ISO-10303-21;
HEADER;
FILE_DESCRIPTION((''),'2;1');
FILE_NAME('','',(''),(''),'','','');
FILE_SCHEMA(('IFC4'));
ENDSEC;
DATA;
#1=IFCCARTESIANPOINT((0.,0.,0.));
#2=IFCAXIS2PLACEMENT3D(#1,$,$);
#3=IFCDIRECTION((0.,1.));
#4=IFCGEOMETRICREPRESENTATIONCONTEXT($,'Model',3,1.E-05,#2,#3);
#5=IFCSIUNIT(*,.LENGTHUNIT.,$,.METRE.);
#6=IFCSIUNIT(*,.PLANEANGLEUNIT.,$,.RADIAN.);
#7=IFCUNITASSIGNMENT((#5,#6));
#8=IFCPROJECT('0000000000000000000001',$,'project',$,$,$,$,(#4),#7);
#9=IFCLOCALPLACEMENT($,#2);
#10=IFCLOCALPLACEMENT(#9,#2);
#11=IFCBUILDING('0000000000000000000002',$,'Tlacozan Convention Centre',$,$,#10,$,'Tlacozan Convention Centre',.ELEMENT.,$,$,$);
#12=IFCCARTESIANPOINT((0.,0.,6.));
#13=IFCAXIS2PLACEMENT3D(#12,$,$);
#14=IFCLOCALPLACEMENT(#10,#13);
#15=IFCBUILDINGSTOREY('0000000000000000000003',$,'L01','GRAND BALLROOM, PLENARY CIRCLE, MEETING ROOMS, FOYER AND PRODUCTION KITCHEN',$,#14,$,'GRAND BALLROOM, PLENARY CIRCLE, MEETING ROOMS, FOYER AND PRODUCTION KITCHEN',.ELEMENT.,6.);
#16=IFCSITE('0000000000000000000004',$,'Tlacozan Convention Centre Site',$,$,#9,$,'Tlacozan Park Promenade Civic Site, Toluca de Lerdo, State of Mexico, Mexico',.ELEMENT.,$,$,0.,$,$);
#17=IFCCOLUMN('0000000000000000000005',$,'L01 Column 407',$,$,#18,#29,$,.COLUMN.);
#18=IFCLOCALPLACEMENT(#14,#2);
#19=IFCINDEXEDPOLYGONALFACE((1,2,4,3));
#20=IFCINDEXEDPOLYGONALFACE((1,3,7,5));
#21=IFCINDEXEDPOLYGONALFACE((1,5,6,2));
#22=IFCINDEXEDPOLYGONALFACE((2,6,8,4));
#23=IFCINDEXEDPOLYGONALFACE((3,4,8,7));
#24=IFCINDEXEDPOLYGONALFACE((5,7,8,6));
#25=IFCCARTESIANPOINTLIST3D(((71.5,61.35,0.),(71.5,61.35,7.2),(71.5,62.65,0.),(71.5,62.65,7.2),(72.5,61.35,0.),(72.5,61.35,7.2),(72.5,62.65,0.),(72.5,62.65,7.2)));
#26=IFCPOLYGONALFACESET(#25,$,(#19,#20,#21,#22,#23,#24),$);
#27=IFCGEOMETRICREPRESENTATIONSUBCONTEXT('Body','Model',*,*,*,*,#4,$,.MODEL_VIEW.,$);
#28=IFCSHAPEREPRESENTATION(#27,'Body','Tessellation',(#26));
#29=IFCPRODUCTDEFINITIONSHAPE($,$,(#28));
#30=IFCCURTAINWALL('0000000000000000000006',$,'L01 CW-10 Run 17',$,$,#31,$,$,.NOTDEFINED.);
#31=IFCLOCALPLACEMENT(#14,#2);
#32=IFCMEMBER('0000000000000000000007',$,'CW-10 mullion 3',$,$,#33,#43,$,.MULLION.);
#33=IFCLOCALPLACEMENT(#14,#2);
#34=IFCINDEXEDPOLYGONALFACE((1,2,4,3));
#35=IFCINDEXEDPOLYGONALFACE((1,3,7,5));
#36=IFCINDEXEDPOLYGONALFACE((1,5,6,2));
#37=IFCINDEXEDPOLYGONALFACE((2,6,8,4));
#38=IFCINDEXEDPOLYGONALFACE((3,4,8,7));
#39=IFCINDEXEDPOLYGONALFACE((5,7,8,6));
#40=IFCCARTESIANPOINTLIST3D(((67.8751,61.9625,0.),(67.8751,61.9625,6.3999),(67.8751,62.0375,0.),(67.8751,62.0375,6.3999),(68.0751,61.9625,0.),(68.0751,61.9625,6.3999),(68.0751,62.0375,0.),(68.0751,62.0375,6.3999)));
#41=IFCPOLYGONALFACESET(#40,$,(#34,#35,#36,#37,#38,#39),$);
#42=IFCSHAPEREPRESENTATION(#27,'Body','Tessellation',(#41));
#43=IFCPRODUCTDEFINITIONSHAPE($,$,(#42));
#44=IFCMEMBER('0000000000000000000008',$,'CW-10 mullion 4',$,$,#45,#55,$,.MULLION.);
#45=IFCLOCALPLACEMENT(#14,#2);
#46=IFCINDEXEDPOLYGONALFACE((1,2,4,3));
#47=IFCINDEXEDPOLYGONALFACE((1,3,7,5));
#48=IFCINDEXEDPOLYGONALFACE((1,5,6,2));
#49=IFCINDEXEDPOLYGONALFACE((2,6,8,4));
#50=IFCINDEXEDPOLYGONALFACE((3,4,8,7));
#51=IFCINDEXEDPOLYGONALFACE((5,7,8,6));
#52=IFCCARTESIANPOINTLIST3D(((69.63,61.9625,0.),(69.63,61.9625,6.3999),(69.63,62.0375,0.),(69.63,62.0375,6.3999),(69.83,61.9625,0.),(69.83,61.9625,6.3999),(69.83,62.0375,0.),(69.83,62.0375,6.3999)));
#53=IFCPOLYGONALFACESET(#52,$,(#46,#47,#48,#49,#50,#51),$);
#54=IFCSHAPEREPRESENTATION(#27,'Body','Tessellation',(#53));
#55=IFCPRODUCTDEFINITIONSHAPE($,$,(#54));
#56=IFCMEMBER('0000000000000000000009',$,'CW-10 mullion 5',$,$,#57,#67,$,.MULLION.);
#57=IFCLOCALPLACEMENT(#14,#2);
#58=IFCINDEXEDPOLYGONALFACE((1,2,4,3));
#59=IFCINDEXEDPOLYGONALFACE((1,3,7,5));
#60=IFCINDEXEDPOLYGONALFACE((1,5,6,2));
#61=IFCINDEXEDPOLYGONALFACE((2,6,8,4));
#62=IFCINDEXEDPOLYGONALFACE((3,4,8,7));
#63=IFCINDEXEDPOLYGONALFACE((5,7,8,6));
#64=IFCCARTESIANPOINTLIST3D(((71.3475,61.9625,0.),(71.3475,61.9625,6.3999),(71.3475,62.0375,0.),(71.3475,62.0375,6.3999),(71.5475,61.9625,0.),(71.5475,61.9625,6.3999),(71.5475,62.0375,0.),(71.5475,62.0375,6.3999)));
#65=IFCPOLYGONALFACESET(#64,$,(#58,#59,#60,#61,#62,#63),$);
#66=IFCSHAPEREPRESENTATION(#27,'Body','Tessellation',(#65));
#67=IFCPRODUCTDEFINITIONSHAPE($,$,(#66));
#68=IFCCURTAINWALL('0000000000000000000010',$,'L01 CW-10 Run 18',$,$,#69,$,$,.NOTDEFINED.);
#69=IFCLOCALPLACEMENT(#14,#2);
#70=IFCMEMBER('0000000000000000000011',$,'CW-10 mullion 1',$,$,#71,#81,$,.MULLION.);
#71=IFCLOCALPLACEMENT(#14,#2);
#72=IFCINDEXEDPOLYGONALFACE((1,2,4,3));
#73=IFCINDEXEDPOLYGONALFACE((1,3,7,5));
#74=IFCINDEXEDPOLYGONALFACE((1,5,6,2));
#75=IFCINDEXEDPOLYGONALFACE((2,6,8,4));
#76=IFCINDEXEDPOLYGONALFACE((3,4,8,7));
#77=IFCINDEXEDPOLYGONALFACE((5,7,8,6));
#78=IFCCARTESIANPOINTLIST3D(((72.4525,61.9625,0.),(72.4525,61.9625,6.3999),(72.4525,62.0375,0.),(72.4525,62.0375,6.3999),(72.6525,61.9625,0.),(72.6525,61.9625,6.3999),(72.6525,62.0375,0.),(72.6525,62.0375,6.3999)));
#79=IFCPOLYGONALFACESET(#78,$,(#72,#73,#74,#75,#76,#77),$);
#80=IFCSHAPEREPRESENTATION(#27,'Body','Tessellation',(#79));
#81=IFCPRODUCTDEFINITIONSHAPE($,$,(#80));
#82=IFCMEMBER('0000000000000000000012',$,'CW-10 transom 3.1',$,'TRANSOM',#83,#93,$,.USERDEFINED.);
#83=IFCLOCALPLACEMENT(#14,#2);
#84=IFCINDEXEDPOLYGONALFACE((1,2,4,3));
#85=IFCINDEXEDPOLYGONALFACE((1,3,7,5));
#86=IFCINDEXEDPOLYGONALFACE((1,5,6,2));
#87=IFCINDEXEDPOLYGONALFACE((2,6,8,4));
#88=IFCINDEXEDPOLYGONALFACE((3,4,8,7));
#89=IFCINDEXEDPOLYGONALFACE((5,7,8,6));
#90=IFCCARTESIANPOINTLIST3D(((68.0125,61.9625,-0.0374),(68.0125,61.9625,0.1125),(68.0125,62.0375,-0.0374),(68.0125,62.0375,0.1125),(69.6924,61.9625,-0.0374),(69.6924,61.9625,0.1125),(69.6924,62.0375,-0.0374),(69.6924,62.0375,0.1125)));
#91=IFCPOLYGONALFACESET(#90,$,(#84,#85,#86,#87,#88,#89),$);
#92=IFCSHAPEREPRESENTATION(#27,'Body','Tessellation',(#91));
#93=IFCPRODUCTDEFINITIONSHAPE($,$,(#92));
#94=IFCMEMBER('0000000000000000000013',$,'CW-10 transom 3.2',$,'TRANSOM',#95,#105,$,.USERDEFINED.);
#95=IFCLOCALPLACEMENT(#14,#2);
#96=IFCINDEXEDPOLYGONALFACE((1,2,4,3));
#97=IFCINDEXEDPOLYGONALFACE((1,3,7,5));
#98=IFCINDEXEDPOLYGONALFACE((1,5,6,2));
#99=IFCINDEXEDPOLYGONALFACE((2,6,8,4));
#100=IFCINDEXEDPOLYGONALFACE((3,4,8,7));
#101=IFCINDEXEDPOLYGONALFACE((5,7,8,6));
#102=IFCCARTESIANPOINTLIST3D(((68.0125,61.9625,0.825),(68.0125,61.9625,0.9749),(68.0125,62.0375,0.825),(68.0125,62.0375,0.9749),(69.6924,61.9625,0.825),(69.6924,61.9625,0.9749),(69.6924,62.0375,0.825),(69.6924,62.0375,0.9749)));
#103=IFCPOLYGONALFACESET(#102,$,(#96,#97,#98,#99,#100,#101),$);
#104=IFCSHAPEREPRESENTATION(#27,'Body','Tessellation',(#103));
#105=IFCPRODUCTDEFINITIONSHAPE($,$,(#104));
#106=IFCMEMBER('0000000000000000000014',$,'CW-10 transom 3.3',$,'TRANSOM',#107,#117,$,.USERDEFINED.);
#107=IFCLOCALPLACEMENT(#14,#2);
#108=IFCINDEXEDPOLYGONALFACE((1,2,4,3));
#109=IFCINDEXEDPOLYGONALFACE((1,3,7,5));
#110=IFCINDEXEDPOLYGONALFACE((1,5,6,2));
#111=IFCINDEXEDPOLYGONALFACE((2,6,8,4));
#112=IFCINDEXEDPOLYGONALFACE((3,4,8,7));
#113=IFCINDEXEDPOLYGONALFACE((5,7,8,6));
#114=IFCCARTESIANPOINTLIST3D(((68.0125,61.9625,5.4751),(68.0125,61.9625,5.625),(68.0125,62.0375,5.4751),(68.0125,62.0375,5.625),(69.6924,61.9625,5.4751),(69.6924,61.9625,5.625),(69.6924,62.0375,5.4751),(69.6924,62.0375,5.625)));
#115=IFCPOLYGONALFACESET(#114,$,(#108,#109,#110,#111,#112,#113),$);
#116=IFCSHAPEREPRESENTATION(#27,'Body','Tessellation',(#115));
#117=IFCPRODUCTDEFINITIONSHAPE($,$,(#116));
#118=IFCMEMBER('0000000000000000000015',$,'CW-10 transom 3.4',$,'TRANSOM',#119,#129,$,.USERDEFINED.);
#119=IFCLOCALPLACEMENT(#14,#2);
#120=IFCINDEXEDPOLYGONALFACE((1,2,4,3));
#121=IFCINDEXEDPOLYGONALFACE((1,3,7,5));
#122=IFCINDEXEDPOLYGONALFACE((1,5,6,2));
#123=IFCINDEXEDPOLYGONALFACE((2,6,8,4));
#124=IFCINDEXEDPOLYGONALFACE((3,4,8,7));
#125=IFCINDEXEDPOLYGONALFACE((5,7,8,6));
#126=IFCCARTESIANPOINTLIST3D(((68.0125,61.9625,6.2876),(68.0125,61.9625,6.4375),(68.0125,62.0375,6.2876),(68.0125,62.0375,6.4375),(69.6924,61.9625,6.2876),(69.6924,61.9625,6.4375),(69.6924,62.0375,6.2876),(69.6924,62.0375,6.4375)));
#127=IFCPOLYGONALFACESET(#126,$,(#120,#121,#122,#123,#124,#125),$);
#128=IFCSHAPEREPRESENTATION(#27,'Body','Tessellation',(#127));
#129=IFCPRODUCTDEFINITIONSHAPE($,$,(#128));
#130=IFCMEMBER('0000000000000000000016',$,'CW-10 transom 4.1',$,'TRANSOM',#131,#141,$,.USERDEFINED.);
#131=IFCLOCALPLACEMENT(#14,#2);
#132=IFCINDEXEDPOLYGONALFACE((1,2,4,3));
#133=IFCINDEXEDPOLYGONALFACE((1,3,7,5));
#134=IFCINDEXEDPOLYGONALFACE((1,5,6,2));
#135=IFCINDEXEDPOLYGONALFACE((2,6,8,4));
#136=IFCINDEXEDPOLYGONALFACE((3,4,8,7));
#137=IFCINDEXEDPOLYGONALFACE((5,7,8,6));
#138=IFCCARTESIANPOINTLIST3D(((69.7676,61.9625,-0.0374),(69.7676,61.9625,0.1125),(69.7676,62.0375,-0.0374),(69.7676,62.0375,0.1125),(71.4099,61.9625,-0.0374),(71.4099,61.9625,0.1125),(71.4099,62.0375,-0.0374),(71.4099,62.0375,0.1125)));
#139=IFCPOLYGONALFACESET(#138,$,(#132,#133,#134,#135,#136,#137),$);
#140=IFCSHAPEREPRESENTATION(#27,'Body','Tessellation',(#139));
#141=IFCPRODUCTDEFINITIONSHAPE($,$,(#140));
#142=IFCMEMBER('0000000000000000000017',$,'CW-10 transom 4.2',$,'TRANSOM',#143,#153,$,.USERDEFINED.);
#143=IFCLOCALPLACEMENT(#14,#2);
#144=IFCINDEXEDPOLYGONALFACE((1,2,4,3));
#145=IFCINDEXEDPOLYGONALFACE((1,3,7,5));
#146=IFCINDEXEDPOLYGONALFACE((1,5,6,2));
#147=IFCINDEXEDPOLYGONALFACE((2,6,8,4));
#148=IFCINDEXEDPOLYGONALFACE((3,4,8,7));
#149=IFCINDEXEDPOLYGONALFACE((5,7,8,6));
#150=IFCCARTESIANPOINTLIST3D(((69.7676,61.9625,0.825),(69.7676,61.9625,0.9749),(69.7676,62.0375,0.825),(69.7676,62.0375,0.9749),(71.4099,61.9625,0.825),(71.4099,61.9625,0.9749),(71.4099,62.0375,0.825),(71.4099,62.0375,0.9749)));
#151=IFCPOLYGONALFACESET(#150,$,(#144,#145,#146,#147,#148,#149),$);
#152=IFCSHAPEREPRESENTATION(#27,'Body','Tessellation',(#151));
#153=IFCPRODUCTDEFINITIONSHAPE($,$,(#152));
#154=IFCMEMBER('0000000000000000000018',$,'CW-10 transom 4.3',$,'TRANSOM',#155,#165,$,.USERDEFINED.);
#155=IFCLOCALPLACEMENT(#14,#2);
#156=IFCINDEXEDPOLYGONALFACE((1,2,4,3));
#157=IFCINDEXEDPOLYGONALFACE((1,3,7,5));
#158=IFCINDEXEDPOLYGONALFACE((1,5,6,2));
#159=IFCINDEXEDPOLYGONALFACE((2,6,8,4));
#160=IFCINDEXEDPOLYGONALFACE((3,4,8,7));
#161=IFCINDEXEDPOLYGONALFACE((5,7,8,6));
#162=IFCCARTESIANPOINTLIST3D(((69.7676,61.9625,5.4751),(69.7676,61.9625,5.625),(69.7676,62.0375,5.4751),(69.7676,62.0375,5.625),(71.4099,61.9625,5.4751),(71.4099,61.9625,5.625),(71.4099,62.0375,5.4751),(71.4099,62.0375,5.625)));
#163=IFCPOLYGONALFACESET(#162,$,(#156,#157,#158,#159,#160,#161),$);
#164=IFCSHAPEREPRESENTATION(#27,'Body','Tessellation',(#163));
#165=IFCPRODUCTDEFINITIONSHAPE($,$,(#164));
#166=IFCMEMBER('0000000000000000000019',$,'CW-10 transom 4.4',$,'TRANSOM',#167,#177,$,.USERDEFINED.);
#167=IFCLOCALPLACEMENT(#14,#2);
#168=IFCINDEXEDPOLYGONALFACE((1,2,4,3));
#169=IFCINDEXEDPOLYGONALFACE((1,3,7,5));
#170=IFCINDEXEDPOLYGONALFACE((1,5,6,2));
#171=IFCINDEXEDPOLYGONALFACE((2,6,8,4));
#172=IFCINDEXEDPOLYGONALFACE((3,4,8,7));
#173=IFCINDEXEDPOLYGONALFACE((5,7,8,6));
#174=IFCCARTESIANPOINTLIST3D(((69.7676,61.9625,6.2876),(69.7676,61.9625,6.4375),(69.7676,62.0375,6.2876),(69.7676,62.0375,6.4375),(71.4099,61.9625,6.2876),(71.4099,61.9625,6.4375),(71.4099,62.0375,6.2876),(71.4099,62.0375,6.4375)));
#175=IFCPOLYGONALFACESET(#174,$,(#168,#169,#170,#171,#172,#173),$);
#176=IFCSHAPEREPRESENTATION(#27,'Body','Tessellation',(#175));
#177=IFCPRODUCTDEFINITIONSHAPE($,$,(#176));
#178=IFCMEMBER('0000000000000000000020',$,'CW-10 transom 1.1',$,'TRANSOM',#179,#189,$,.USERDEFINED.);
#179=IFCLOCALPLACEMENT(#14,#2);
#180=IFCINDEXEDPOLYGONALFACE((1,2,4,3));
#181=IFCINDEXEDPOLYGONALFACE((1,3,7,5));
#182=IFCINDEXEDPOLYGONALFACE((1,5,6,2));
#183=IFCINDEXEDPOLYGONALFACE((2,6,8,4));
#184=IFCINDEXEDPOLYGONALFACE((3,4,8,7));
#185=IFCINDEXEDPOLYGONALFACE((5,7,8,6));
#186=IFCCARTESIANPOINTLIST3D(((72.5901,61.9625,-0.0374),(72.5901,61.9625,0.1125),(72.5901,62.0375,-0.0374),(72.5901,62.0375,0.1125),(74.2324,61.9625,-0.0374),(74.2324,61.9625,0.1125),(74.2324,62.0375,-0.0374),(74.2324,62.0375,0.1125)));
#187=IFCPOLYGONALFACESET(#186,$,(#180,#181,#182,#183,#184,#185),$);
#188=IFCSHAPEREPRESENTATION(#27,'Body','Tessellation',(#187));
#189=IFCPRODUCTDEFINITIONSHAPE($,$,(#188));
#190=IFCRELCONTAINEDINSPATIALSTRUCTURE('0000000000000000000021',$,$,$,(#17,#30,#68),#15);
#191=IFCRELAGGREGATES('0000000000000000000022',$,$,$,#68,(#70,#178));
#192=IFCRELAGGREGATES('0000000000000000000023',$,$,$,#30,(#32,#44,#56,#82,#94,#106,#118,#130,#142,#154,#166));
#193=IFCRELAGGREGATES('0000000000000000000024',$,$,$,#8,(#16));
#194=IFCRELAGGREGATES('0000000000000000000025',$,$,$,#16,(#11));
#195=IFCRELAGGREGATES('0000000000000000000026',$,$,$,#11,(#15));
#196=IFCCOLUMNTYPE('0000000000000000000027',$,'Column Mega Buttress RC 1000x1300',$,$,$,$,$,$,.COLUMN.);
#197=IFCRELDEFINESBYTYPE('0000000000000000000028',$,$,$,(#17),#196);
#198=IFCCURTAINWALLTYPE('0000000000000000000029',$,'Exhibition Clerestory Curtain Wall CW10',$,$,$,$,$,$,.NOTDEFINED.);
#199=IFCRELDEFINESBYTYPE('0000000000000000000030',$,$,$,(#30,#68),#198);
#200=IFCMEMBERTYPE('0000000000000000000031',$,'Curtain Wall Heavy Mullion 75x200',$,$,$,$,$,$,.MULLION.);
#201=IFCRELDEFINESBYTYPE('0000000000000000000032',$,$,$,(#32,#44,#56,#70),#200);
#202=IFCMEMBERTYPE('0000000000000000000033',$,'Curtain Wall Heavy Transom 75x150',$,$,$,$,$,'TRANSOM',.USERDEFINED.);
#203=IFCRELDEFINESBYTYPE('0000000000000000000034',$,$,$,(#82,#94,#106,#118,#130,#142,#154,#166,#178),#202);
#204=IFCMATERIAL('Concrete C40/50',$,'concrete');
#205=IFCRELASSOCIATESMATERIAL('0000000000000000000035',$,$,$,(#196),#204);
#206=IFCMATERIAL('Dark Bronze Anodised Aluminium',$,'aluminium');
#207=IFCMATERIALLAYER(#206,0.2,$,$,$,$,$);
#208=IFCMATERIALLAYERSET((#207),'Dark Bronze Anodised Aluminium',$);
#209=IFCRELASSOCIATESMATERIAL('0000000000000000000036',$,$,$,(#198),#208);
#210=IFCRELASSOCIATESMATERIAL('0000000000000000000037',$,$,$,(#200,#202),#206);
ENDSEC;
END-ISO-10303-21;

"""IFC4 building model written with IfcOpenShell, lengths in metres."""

from ifc_helpers import new_model, si_unit, direction, frame, origin, origin_2d, place, context, subcontext, project, spatial, rectangle, extrude, material, layer, layer_set, material_profile, profile_set, type_object, element, aggregate, save


model = new_model("IFC4")

# Units and contexts
model_context = context("Model", 3, precision=1e-05, world=origin(), true_north=direction((0.0, 1.0)))
body_context = subcontext(model_context, "Body", "Model", "MODEL_VIEW")
ifc_project = project(units=[si_unit("LENGTHUNIT", "METRE"), si_unit("PLANEANGLEUNIT", "RADIAN")], contexts=[model_context])

# Site, building, storey
site_placement = place(None, origin())
site = spatial("IfcSite", under=ifc_project, at=site_placement, Name="Tlacozan Convention Centre Site", LongName="Tlacozan Park Promenade Civic Site, Toluca de Lerdo, State of Mexico, Mexico", CompositionType="ELEMENT", RefElevation=0.0)
building_placement = place(site_placement, origin())
building = spatial("IfcBuilding", under=site, at=building_placement, Name="Tlacozan Convention Centre", LongName="Tlacozan Convention Centre", CompositionType="ELEMENT")
storey_placement = place(building_placement, frame((0.0, 0.0, 6.0)))
storey = spatial("IfcBuildingStorey", under=building, at=storey_placement, Name="L01", Description="GRAND BALLROOM, PLENARY CIRCLE, MEETING ROOMS, FOYER AND PRODUCTION KITCHEN", LongName="GRAND BALLROOM, PLENARY CIRCLE, MEETING ROOMS, FOYER AND PRODUCTION KITCHEN", CompositionType="ELEMENT", Elevation=6.0)

# Column
ifc_material_1 = material(Name="Concrete C40/50", Category="concrete")
ifc_material_profile_1 = material_profile(ifc_material_1, rectangle(XDim=1.0, YDim=1.3, at=origin_2d()), Name="RC 1000x1300")
ifc_profile_set_1 = profile_set([ifc_material_profile_1], Name="Concrete C40/50")
column_type = type_object("IfcColumnType", Name="Column Mega Buttress RC 1000x1300", PredefinedType="COLUMN", material=ifc_profile_set_1)
column_placement = place(storey_placement, frame((72.0, 62.0, 0.0), z_axis=(0.0, 0.0, 1.0), x_axis=(1.0, 0.0, 0.0)))
element("IfcColumn", 1, at=column_placement, inside=storey, type_object=column_type, Name="L01 Column 407", PredefinedType="COLUMN", context=body_context, shape_type="SweptSolid", body=[
    extrude(rectangle(XDim=1.0, YDim=1.3, at=origin_2d()), origin(), (0.0, 0.0, 1.0), 7.2),
])

# Curtain wall, members
ifc_material_2 = material(Name="Dark Bronze Anodised Aluminium", Category="aluminium")
ifc_layer_1 = layer(ifc_material_2, 0.2)
ifc_layer_set_1 = layer_set([ifc_layer_1], Name="Dark Bronze Anodised Aluminium")
curtain_wall_type = type_object("IfcCurtainWallType", Name="Exhibition Clerestory Curtain Wall CW10", PredefinedType="NOTDEFINED", material=ifc_layer_set_1)
curtain_wall_1_placement = place(storey_placement, origin())
curtain_wall_1 = element("IfcCurtainWall", 2, at=curtain_wall_1_placement, inside=storey, type_object=curtain_wall_type, Name="L01 CW-10 Run 17", PredefinedType="NOTDEFINED")
ifc_material_profile_2 = material_profile(ifc_material_2, rectangle(XDim=0.075, YDim=0.2, at=origin_2d()), Name="ALU 75x200")
ifc_profile_set_2 = profile_set([ifc_material_profile_2], Name="Dark Bronze Anodised Aluminium")
member_type_1 = type_object("IfcMemberType", Name="Curtain Wall Heavy Mullion 75x200", PredefinedType="MULLION", material=ifc_profile_set_2)
member_1_placement = place(storey_placement, frame((67.9751, 62.0, 0.0), z_axis=(0.0, 0.0, 1.0), x_axis=(0.0, 1.0, 0.0)))
member_1 = element("IfcMember", 3, at=member_1_placement, type_object=member_type_1, Name="CW-10 mullion 3", PredefinedType="MULLION", context=body_context, shape_type="SweptSolid", body=[
    extrude(rectangle(XDim=0.075, YDim=0.2, at=origin_2d()), origin(), (0.0, 0.0, 1.0), 6.3999),
])
member_2_placement = place(storey_placement, frame((69.73, 62.0, 0.0), z_axis=(0.0, 0.0, 1.0), x_axis=(0.0, 1.0, 0.0)))
member_2 = element("IfcMember", 4, at=member_2_placement, type_object=member_type_1, Name="CW-10 mullion 4", PredefinedType="MULLION", context=body_context, shape_type="SweptSolid", body=[
    extrude(rectangle(XDim=0.075, YDim=0.2, at=origin_2d()), origin(), (0.0, 0.0, 1.0), 6.3999),
])
member_3_placement = place(storey_placement, frame((71.4475, 62.0, 0.0), z_axis=(0.0, 0.0, 1.0), x_axis=(0.0, 1.0, 0.0)))
member_3 = element("IfcMember", 5, at=member_3_placement, type_object=member_type_1, Name="CW-10 mullion 5", PredefinedType="MULLION", context=body_context, shape_type="SweptSolid", body=[
    extrude(rectangle(XDim=0.075, YDim=0.2, at=origin_2d()), origin(), (0.0, 0.0, 1.0), 6.3999),
])

# Curtain wall, member
curtain_wall_2_placement = place(storey_placement, origin())
curtain_wall_2 = element("IfcCurtainWall", 6, at=curtain_wall_2_placement, inside=storey, type_object=curtain_wall_type, Name="L01 CW-10 Run 18", PredefinedType="NOTDEFINED")
member_4_placement = place(storey_placement, frame((72.5525, 62.0, 0.0), z_axis=(0.0, 0.0, 1.0), x_axis=(0.0, 1.0, 0.0)))
member_4 = element("IfcMember", 7, at=member_4_placement, type_object=member_type_1, Name="CW-10 mullion 1", PredefinedType="MULLION", context=body_context, shape_type="SweptSolid", body=[
    extrude(rectangle(XDim=0.075, YDim=0.2, at=origin_2d()), origin(), (0.0, 0.0, 1.0), 6.3999),
])

# Members
ifc_material_profile_3 = material_profile(ifc_material_2, rectangle(XDim=0.075, YDim=0.1499, at=origin_2d()), Name="ALU 75x150")
ifc_profile_set_3 = profile_set([ifc_material_profile_3], Name="Dark Bronze Anodised Aluminium")
member_type_2 = type_object("IfcMemberType", Name="Curtain Wall Heavy Transom 75x150", ElementType="TRANSOM", PredefinedType="USERDEFINED", material=ifc_profile_set_3)
member_5_placement = place(storey_placement, frame((68.0125, 62.0, 0.0376), z_axis=(1.0, 0.0, 0.0), x_axis=(0.0, 1.0, 0.0)))
member_5 = element("IfcMember", 8, at=member_5_placement, type_object=member_type_2, Name="CW-10 transom 3.1", ObjectType="TRANSOM", PredefinedType="USERDEFINED", context=body_context, shape_type="SweptSolid", body=[
    extrude(rectangle(XDim=0.075, YDim=0.1499, at=origin_2d()), origin(), (0.0, 0.0, 1.0), 1.6799),
])
member_6_placement = place(storey_placement, frame((68.0125, 62.0, 0.8999), z_axis=(1.0, 0.0, 0.0), x_axis=(0.0, 1.0, 0.0)))
member_6 = element("IfcMember", 9, at=member_6_placement, type_object=member_type_2, Name="CW-10 transom 3.2", ObjectType="TRANSOM", PredefinedType="USERDEFINED", context=body_context, shape_type="SweptSolid", body=[
    extrude(rectangle(XDim=0.075, YDim=0.1499, at=origin_2d()), origin(), (0.0, 0.0, 1.0), 1.6799),
])
member_7_placement = place(storey_placement, frame((68.0125, 62.0, 5.55), z_axis=(1.0, 0.0, 0.0), x_axis=(0.0, 1.0, 0.0)))
member_7 = element("IfcMember", 10, at=member_7_placement, type_object=member_type_2, Name="CW-10 transom 3.3", ObjectType="TRANSOM", PredefinedType="USERDEFINED", context=body_context, shape_type="SweptSolid", body=[
    extrude(rectangle(XDim=0.075, YDim=0.1499, at=origin_2d()), origin(), (0.0, 0.0, 1.0), 1.6799),
])
member_8_placement = place(storey_placement, frame((68.0125, 62.0, 6.3625), z_axis=(1.0, 0.0, 0.0), x_axis=(0.0, 1.0, 0.0)))
member_8 = element("IfcMember", 11, at=member_8_placement, type_object=member_type_2, Name="CW-10 transom 3.4", ObjectType="TRANSOM", PredefinedType="USERDEFINED", context=body_context, shape_type="SweptSolid", body=[
    extrude(rectangle(XDim=0.075, YDim=0.1499, at=origin_2d()), origin(), (0.0, 0.0, 1.0), 1.6799),
])
member_9_placement = place(storey_placement, frame((69.7676, 62.0, 0.0376), z_axis=(1.0, 0.0, 0.0), x_axis=(0.0, 1.0, 0.0)))
member_9 = element("IfcMember", 12, at=member_9_placement, type_object=member_type_2, Name="CW-10 transom 4.1", ObjectType="TRANSOM", PredefinedType="USERDEFINED", context=body_context, shape_type="SweptSolid", body=[
    extrude(rectangle(XDim=0.075, YDim=0.1499, at=origin_2d()), origin(), (0.0, 0.0, 1.0), 1.6423),
])
member_10_placement = place(storey_placement, frame((69.7676, 62.0, 0.8999), z_axis=(1.0, 0.0, 0.0), x_axis=(0.0, 1.0, 0.0)))
member_10 = element("IfcMember", 13, at=member_10_placement, type_object=member_type_2, Name="CW-10 transom 4.2", ObjectType="TRANSOM", PredefinedType="USERDEFINED", context=body_context, shape_type="SweptSolid", body=[
    extrude(rectangle(XDim=0.075, YDim=0.1499, at=origin_2d()), origin(), (0.0, 0.0, 1.0), 1.6423),
])
member_11_placement = place(storey_placement, frame((69.7676, 62.0, 5.55), z_axis=(1.0, 0.0, 0.0), x_axis=(0.0, 1.0, 0.0)))
member_11 = element("IfcMember", 14, at=member_11_placement, type_object=member_type_2, Name="CW-10 transom 4.3", ObjectType="TRANSOM", PredefinedType="USERDEFINED", context=body_context, shape_type="SweptSolid", body=[
    extrude(rectangle(XDim=0.075, YDim=0.1499, at=origin_2d()), origin(), (0.0, 0.0, 1.0), 1.6423),
])
member_12_placement = place(storey_placement, frame((69.7676, 62.0, 6.3625), z_axis=(1.0, 0.0, 0.0), x_axis=(0.0, 1.0, 0.0)))
member_12 = element("IfcMember", 15, at=member_12_placement, type_object=member_type_2, Name="CW-10 transom 4.4", ObjectType="TRANSOM", PredefinedType="USERDEFINED", context=body_context, shape_type="SweptSolid", body=[
    extrude(rectangle(XDim=0.075, YDim=0.1499, at=origin_2d()), origin(), (0.0, 0.0, 1.0), 1.6423),
])
member_13_placement = place(storey_placement, frame((72.5901, 62.0, 0.0376), z_axis=(1.0, 0.0, 0.0), x_axis=(0.0, 1.0, 0.0)))
member_13 = element("IfcMember", 16, at=member_13_placement, type_object=member_type_2, Name="CW-10 transom 1.1", ObjectType="TRANSOM", PredefinedType="USERDEFINED", context=body_context, shape_type="SweptSolid", body=[
    extrude(rectangle(XDim=0.075, YDim=0.1499, at=origin_2d()), origin(), (0.0, 0.0, 1.0), 1.6423),
])
aggregate(curtain_wall_2, [member_4, member_13])

aggregate(curtain_wall_1, [member_1, member_2, member_3, member_5, member_6, member_7, member_8, member_9, member_10, member_11, member_12])

save(model, "model.ifc")
